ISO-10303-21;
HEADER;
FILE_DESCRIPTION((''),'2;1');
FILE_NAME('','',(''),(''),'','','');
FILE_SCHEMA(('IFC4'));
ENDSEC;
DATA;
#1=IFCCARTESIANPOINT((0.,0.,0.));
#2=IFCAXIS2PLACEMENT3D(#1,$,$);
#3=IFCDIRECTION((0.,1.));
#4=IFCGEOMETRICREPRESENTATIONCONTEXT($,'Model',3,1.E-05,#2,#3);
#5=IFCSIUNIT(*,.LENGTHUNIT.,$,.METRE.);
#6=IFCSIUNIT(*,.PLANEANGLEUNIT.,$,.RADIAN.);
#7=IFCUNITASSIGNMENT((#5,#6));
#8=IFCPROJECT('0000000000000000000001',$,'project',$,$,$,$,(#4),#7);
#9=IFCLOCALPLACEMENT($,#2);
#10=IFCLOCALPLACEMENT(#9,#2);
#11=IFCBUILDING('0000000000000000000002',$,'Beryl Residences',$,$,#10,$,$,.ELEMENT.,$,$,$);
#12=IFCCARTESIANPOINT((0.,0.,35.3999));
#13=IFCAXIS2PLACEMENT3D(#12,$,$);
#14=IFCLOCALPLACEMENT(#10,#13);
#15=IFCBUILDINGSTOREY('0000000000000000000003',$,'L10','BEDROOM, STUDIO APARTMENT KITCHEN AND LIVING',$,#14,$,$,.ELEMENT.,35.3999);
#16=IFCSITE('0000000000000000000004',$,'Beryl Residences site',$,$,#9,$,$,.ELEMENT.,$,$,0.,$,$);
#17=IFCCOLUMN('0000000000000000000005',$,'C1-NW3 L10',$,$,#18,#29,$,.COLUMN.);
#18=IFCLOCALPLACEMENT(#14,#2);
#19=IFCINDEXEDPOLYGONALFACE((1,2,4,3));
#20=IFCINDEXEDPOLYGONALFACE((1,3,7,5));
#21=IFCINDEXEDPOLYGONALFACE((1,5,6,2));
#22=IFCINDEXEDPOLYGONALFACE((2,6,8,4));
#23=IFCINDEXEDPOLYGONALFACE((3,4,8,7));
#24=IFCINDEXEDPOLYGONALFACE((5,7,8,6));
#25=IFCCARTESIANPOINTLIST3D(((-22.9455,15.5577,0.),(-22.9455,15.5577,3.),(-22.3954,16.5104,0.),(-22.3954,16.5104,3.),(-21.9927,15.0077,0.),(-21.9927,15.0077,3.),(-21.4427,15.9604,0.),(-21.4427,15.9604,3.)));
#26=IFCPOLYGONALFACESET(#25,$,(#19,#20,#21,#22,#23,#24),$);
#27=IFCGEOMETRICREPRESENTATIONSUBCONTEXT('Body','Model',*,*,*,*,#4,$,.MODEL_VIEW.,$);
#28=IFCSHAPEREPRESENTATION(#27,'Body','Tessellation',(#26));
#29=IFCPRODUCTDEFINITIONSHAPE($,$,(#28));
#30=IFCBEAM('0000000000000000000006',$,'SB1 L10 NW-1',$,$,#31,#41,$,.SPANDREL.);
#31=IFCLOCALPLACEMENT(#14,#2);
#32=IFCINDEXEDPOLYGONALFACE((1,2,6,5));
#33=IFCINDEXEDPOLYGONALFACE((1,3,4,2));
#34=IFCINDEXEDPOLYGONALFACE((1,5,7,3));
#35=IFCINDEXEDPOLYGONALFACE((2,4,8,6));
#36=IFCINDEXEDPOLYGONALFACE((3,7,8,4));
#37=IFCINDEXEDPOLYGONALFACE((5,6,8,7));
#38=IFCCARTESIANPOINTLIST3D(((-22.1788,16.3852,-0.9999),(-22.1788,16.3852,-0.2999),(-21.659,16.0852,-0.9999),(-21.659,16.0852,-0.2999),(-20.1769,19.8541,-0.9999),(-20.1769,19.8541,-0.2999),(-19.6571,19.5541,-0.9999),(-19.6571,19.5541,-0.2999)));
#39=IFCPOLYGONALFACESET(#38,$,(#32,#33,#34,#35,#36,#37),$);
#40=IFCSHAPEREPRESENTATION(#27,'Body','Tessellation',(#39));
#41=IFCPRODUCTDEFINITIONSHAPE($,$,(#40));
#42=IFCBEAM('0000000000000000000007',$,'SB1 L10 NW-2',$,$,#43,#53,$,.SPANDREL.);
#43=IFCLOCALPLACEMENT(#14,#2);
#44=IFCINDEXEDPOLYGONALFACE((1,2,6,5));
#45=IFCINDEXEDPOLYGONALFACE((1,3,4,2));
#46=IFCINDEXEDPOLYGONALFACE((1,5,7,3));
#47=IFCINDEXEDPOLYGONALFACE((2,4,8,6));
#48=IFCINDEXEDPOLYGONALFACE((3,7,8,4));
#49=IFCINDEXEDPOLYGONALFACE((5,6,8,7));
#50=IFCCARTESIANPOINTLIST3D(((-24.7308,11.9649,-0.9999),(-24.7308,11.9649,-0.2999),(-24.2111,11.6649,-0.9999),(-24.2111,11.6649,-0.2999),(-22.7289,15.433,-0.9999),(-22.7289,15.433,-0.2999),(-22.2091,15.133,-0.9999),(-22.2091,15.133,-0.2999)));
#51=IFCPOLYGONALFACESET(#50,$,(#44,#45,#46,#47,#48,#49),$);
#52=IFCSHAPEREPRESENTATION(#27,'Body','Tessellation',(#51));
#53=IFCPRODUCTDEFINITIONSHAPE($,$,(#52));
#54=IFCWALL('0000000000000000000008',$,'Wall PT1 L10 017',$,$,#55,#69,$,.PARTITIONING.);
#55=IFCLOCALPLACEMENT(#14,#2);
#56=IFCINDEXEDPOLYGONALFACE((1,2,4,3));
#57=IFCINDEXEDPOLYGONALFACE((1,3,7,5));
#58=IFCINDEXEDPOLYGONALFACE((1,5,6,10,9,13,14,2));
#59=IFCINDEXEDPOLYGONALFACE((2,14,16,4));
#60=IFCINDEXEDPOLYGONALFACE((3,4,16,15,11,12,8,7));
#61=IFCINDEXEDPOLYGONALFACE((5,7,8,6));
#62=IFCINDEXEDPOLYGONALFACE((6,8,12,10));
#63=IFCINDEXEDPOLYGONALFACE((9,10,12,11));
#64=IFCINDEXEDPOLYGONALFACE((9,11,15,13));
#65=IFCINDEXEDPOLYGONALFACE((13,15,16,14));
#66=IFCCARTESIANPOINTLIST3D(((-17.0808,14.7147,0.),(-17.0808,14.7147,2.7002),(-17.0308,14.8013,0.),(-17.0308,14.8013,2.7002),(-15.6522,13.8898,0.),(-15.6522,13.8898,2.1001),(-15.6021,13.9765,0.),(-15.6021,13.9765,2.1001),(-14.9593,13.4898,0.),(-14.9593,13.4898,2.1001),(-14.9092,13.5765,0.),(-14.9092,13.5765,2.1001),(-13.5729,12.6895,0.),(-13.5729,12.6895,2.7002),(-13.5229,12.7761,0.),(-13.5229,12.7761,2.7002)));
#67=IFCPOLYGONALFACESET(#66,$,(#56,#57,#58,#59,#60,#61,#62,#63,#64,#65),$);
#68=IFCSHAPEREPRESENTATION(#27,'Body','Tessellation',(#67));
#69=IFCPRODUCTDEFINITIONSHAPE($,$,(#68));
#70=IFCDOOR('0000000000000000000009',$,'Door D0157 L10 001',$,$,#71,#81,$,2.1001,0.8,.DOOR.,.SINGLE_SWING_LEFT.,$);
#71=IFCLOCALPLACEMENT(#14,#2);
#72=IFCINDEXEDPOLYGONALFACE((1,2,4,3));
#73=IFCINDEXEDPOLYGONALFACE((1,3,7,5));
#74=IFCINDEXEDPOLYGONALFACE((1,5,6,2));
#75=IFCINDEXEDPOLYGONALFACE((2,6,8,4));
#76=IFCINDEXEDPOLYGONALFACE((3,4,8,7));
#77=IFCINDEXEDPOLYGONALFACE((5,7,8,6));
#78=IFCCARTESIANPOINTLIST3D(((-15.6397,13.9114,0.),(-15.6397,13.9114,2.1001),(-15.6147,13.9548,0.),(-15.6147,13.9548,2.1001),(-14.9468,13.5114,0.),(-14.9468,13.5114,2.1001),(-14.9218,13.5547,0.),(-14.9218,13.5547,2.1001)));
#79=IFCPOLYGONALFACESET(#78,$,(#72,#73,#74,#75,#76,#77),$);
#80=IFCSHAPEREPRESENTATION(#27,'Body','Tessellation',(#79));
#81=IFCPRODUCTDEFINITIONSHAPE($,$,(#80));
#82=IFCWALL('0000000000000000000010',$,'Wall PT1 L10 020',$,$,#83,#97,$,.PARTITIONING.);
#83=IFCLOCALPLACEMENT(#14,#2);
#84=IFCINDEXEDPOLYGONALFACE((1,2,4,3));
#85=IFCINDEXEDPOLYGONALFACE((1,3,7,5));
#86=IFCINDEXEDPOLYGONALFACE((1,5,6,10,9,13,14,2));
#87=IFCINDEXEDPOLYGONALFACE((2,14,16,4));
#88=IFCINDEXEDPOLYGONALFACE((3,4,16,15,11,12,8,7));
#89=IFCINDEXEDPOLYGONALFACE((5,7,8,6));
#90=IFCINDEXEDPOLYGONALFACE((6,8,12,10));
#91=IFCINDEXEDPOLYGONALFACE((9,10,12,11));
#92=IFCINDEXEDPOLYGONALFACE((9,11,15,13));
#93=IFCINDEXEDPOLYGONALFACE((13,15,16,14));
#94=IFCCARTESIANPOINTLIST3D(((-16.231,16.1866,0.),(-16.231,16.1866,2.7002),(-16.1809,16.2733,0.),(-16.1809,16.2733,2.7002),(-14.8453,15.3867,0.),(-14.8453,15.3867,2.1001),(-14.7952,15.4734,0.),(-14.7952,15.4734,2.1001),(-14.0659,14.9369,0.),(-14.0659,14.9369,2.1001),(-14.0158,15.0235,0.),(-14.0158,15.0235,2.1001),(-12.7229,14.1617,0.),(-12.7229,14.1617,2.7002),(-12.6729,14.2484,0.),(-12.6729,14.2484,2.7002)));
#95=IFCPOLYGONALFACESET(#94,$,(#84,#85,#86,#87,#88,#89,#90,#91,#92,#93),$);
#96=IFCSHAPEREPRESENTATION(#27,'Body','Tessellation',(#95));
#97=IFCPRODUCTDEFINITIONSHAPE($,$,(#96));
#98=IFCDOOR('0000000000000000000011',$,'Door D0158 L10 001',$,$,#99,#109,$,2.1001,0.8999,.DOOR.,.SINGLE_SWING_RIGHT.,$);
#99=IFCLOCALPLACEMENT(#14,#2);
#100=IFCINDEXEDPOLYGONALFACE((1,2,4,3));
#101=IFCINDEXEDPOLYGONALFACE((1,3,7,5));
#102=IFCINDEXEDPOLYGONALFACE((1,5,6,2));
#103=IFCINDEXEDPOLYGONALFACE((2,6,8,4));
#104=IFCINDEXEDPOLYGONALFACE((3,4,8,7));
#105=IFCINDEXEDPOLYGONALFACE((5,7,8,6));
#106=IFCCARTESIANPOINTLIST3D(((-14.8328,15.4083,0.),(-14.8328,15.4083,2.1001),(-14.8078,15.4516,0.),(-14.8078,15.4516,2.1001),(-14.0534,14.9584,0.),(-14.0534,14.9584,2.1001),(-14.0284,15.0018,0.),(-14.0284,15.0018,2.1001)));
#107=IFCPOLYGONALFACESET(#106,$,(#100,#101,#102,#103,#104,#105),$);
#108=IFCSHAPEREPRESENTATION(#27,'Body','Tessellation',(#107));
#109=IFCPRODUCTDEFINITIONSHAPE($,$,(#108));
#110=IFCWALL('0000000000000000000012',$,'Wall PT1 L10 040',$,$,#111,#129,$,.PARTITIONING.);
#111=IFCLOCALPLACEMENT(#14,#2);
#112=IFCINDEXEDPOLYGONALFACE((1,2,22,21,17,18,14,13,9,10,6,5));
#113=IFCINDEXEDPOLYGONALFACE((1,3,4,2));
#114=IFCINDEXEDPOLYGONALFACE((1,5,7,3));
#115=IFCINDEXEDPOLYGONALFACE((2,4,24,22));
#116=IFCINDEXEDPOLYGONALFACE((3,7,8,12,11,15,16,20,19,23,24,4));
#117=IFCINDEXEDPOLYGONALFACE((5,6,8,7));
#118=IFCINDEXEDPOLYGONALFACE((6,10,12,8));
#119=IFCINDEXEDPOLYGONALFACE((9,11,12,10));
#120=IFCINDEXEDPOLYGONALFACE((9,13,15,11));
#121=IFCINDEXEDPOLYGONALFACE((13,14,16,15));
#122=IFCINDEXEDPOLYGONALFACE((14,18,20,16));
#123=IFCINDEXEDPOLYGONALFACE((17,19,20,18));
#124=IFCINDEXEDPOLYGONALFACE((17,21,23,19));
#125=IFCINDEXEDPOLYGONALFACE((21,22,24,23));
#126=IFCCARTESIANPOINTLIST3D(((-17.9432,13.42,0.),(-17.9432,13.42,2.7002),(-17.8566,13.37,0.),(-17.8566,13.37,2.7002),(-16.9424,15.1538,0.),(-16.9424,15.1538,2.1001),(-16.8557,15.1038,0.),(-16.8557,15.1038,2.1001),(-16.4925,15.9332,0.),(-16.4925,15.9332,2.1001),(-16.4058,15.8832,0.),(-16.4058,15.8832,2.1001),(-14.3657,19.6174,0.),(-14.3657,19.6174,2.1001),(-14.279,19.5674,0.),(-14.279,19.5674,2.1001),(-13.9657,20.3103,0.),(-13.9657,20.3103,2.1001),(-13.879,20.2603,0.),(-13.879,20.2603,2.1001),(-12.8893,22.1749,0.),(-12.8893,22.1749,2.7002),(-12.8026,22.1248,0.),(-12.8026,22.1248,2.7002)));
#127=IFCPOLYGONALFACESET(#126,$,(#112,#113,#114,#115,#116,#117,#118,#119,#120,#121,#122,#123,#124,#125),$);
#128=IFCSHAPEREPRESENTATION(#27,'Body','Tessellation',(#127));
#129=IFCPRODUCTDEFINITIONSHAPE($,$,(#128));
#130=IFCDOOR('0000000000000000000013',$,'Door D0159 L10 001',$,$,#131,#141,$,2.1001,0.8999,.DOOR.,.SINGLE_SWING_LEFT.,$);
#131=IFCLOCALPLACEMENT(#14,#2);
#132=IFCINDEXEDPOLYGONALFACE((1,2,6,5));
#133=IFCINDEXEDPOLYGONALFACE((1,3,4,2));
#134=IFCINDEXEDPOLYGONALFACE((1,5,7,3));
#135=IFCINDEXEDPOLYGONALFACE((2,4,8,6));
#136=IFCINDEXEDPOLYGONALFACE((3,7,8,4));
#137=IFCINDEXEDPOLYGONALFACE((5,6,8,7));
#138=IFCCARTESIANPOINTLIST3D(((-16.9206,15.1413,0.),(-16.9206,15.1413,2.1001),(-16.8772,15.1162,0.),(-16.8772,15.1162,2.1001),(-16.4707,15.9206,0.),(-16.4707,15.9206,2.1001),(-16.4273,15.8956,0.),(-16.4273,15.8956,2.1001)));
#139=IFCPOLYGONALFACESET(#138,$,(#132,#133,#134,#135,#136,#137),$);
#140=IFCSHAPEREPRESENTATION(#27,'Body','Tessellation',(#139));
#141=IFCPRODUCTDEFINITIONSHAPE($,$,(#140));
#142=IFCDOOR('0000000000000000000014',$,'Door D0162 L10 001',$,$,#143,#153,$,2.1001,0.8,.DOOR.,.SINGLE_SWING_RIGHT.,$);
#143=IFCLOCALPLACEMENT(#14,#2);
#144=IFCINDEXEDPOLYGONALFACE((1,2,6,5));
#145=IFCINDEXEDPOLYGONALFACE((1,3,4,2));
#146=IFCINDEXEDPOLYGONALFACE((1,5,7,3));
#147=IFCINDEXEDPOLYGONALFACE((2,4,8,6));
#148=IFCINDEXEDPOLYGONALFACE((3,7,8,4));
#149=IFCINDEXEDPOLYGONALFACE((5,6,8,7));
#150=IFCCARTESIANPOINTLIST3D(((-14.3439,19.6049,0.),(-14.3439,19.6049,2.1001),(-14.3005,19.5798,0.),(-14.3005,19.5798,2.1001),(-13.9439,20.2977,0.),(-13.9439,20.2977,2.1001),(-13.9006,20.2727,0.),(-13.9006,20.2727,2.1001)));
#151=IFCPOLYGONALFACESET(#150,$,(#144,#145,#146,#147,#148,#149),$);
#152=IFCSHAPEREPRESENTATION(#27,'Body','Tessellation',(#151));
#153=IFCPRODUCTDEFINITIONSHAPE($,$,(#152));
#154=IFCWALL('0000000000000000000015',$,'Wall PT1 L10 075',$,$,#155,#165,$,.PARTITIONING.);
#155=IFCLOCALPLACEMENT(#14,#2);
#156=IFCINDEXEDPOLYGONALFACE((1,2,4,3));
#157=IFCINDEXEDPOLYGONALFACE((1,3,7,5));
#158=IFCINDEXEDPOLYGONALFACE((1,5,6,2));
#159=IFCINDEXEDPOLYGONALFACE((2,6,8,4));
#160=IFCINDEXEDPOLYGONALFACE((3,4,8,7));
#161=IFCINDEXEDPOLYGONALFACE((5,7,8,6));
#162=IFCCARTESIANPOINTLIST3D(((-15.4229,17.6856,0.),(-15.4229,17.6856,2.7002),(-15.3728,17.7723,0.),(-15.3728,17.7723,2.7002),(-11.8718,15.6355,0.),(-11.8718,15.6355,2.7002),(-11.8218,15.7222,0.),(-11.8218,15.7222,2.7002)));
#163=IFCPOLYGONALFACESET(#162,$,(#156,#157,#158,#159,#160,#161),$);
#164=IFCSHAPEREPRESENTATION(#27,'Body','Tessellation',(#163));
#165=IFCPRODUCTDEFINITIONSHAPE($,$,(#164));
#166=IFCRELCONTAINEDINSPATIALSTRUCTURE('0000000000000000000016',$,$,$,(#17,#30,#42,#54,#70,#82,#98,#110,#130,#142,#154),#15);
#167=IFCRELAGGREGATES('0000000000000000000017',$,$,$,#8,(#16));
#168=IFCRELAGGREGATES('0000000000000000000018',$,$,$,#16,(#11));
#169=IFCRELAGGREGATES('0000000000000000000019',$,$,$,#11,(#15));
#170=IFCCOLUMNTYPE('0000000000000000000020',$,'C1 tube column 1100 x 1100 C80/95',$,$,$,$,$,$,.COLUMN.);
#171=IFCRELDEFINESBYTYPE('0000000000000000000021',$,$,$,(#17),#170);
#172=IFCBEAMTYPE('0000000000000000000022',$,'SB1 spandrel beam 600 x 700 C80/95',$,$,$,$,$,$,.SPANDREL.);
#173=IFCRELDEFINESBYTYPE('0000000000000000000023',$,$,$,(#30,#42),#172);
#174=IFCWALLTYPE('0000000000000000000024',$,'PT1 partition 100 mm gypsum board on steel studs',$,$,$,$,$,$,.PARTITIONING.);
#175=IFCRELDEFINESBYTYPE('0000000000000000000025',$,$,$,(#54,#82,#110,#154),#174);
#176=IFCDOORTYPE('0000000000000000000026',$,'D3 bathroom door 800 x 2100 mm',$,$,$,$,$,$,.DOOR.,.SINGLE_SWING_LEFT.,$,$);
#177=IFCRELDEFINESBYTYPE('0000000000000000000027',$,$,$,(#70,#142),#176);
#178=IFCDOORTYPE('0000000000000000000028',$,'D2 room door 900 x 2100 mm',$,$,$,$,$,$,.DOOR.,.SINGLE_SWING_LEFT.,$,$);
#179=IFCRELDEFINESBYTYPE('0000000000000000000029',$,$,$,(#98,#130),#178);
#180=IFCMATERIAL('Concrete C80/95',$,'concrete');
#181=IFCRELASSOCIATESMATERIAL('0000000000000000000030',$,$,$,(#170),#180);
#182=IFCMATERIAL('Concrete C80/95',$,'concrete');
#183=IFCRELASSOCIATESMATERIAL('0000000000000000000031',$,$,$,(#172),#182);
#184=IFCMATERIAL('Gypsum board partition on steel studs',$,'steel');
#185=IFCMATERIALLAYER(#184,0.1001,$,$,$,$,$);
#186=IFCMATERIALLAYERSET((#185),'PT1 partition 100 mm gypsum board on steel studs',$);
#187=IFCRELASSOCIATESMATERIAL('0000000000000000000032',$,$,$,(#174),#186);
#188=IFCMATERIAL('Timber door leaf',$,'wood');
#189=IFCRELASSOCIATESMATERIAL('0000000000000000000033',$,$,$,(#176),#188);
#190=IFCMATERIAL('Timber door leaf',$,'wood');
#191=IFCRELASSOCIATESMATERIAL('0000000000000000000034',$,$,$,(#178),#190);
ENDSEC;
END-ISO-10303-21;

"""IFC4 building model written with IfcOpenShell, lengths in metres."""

from ifc_helpers import new_model, si_unit, direction, frame, frame_2d, origin, origin_2d, place, context, subcontext, project, spatial, rectangle, extrude, material, layer, layer_set, material_profile, profile_set, type_object, element, fill, save


model = new_model("IFC4")

# Units and contexts
model_context = context("Model", 3, precision=1e-05, world=origin(), true_north=direction((0.0, 1.0)))
body_context = subcontext(model_context, "Body", "Model", "MODEL_VIEW")
ifc_project = project(units=[si_unit("LENGTHUNIT", "METRE"), si_unit("PLANEANGLEUNIT", "RADIAN")], contexts=[model_context])

# Site, building, storey
site_placement = place(None, origin())
site = spatial("IfcSite", under=ifc_project, at=site_placement, Name="Beryl Residences site", CompositionType="ELEMENT", RefElevation=0.0)
building_placement = place(site_placement, origin())
building = spatial("IfcBuilding", under=site, at=building_placement, Name="Beryl Residences", CompositionType="ELEMENT")
storey_placement = place(building_placement, frame((0.0, 0.0, 35.3999)))
storey = spatial("IfcBuildingStorey", under=building, at=storey_placement, Name="L10", Description="BEDROOM, STUDIO APARTMENT KITCHEN AND LIVING", CompositionType="ELEMENT", Elevation=35.3999)

# Column
ifc_material_1 = material(Name="Concrete C80/95", Category="concrete")
ifc_material_profile_1 = material_profile(ifc_material_1, rectangle(XDim=1.1001, YDim=1.1001, at=origin_2d()))
ifc_profile_set_1 = profile_set([ifc_material_profile_1], Name="Concrete C80/95")
column_type = type_object("IfcColumnType", Name="C1 tube column 1100 x 1100 C80/95", PredefinedType="COLUMN", material=ifc_profile_set_1)
column_placement = place(storey_placement, frame((-22.1941, 15.759, 0.0), z_axis=(0.0, 0.0, 1.0), x_axis=(-0.499985, -0.866034, 0.0)))
element("IfcColumn", 1, at=column_placement, inside=storey, type_object=column_type, Name="C1-NW3 L10", PredefinedType="COLUMN", context=body_context, shape_type="SweptSolid", body=[
    extrude(rectangle(XDim=1.1001, YDim=1.1001, at=origin_2d()), origin(), (0.0, 0.0, 1.0), 3.0),
])

# Beams
ifc_material_2 = material(Name="Concrete C80/95", Category="concrete")
ifc_material_profile_2 = material_profile(ifc_material_2, rectangle(XDim=0.6001, YDim=0.7, at=origin_2d()))
ifc_profile_set_2 = profile_set([ifc_material_profile_2], Name="Concrete C80/95")
beam_type = type_object("IfcBeamType", Name="SB1 spandrel beam 600 x 700 C80/95", PredefinedType="SPANDREL", material=ifc_profile_set_2)
beam_1_placement = place(storey_placement, frame((-19.917, 19.7041, -0.6499), z_axis=(-0.499837, -0.86612, 0.0), x_axis=(0.86612, -0.499837, 0.0)))
element("IfcBeam", 2, at=beam_1_placement, inside=storey, type_object=beam_type, Name="SB1 L10 NW-1", PredefinedType="SPANDREL", context=body_context, shape_type="SweptSolid", body=[
    extrude(rectangle(XDim=0.6001, YDim=0.7, at=origin_2d()), origin(), (0.0, 0.0, 1.0), 4.0051),
])
beam_2_placement = place(storey_placement, frame((-22.469, 15.283, -0.6499), z_axis=(-0.499942, -0.866059, 0.0), x_axis=(0.866059, -0.499942, 0.0)))
element("IfcBeam", 3, at=beam_2_placement, inside=storey, type_object=beam_type, Name="SB1 L10 NW-2", PredefinedType="SPANDREL", context=body_context, shape_type="SweptSolid", body=[
    extrude(rectangle(XDim=0.6001, YDim=0.7, at=origin_2d()), origin(), (0.0, 0.0, 1.0), 4.0044),
])

# Walls, openings, doors
ifc_material_3 = material(Name="Gypsum board partition on steel studs", Category="steel")
ifc_layer_1 = layer(ifc_material_3, 0.1001)
ifc_layer_set_1 = layer_set([ifc_layer_1], Name="PT1 partition 100 mm gypsum board on steel studs")
wall_type_1 = type_object("IfcWallType", Name="PT1 partition 100 mm gypsum board on steel studs", PredefinedType="PARTITIONING", material=ifc_layer_set_1)
wall_1_placement = place(storey_placement, frame((-17.0559, 14.7581, 0.0), z_axis=(0.0, 0.0, 1.0), x_axis=(0.866035, -0.499983, 0.0)))
wall_1 = element("IfcWall", 4, at=wall_1_placement, inside=storey, type_object=wall_type_1, Name="Wall PT1 L10 017", PredefinedType="PARTITIONING", context=body_context, shape_type="SweptSolid", body=[
    extrude(rectangle(XDim=4.0505, YDim=0.1001, at=frame_2d((2.0254, 0.0))), origin(), (0.0, 0.0, 1.0), 2.7002),
])
opening_1_placement = place(wall_1_placement, frame((1.6499, 0.0, 0.0)))
opening_1 = element("IfcOpeningElement", 5, at=opening_1_placement, cuts=wall_1, PredefinedType="OPENING", context=body_context, shape_type="SweptSolid", body=[
    extrude(rectangle(XDim=0.8, YDim=2.1001, at=frame_2d((0.3999, 1.05))), frame((0.0, 0.0601, 0.0), z_axis=(0.0, -1.0, 0.0), x_axis=(1.0, 0.0, 0.0)), (0.0, 0.0, 1.0), 0.1201),
])
ifc_material_4 = material(Name="Timber door leaf", Category="wood")
door_type_1 = type_object("IfcDoorType", Name="D3 bathroom door 800 x 2100 mm", OperationType="SINGLE_SWING_LEFT", PredefinedType="DOOR", material=ifc_material_4)
door_1_placement = place(opening_1_placement, origin())
door_1 = element("IfcDoor", 6, at=door_1_placement, inside=storey, type_object=door_type_1, Name="Door D0157 L10 001", OperationType="SINGLE_SWING_LEFT", OverallHeight=2.1001, OverallWidth=0.8, PredefinedType="DOOR", context=body_context, shape_type="SweptSolid", body=[
    extrude(rectangle(XDim=0.8, YDim=2.1001, at=frame_2d((0.3999, 1.05))), frame((0.0, 0.0249, 0.0), z_axis=(0.0, -1.0, 0.0), x_axis=(1.0, 0.0, 0.0)), (0.0, 0.0, 1.0), 0.05),
])
fill(opening_1, door_1)
wall_2_placement = place(storey_placement, frame((-16.2061, 16.23, 0.0), z_axis=(0.0, 0.0, 1.0), x_axis=(0.866076, -0.499912, 0.0)))
wall_2 = element("IfcWall", 7, at=wall_2_placement, inside=storey, type_object=wall_type_1, Name="Wall PT1 L10 020", PredefinedType="PARTITIONING", context=body_context, shape_type="SweptSolid", body=[
    extrude(rectangle(XDim=4.0505, YDim=0.1001, at=frame_2d((2.0254, 0.0))), origin(), (0.0, 0.0, 1.0), 2.7002),
])
opening_2_placement = place(wall_2_placement, frame((1.6001, 0.0, 0.0)))
opening_2 = element("IfcOpeningElement", 8, at=opening_2_placement, cuts=wall_2, PredefinedType="OPENING", context=body_context, shape_type="SweptSolid", body=[
    extrude(rectangle(XDim=0.8999, YDim=2.1001, at=frame_2d((0.45, 1.05))), frame((0.0, 0.0601, 0.0), z_axis=(0.0, -1.0, 0.0), x_axis=(1.0, 0.0, 0.0)), (0.0, 0.0, 1.0), 0.1201),
])
ifc_material_5 = material(Name="Timber door leaf", Category="wood")
door_type_2 = type_object("IfcDoorType", Name="D2 room door 900 x 2100 mm", OperationType="SINGLE_SWING_LEFT", PredefinedType="DOOR", material=ifc_material_5)
door_2_placement = place(opening_2_placement, origin())
door_2 = element("IfcDoor", 9, at=door_2_placement, inside=storey, type_object=door_type_2, Name="Door D0158 L10 001", OperationType="SINGLE_SWING_RIGHT", OverallHeight=2.1001, OverallWidth=0.8999, PredefinedType="DOOR", context=body_context, shape_type="SweptSolid", body=[
    extrude(rectangle(XDim=0.8999, YDim=2.1001, at=frame_2d((0.45, 1.05))), frame((0.0, 0.0249, 0.0), z_axis=(0.0, -1.0, 0.0), x_axis=(1.0, 0.0, 0.0)), (0.0, 0.0, 1.0), 0.05),
])
fill(opening_2, door_2)

# Wall, openings, doors
wall_3_placement = place(storey_placement, frame((-17.8999, 13.395, 0.0), z_axis=(0.0, 0.0, 1.0), x_axis=(0.49995, 0.866054, 0.0)))
wall_3 = element("IfcWall", 10, at=wall_3_placement, inside=storey, type_object=wall_type_1, Name="Wall PT1 L10 040", PredefinedType="PARTITIONING", context=body_context, shape_type="SweptSolid", body=[
    extrude(rectangle(XDim=10.1089, YDim=0.1001, at=frame_2d((5.0544, 0.0))), origin(), (0.0, 0.0, 1.0), 2.7002),
])
opening_3_placement = place(wall_3_placement, frame((2.002, 0.0, 0.0)))
opening_3 = element("IfcOpeningElement", 11, at=opening_3_placement, cuts=wall_3, PredefinedType="OPENING", context=body_context, shape_type="SweptSolid", body=[
    extrude(rectangle(XDim=0.8999, YDim=2.1001, at=frame_2d((0.45, 1.05))), frame((0.0, 0.0601, 0.0), z_axis=(0.0, -1.0, 0.0), x_axis=(1.0, 0.0, 0.0)), (0.0, 0.0, 1.0), 0.1201),
])
opening_4_placement = place(wall_3_placement, frame((7.156, 0.0, 0.0)))
opening_4 = element("IfcOpeningElement", 12, at=opening_4_placement, cuts=wall_3, PredefinedType="OPENING", context=body_context, shape_type="SweptSolid", body=[
    extrude(rectangle(XDim=0.8, YDim=2.1001, at=frame_2d((0.3999, 1.05))), frame((0.0, 0.0601, 0.0), z_axis=(0.0, -1.0, 0.0), x_axis=(1.0, 0.0, 0.0)), (0.0, 0.0, 1.0), 0.1201),
])
door_3_placement = place(opening_3_placement, origin())
door_3 = element("IfcDoor", 13, at=door_3_placement, inside=storey, type_object=door_type_2, Name="Door D0159 L10 001", OperationType="SINGLE_SWING_LEFT", OverallHeight=2.1001, OverallWidth=0.8999, PredefinedType="DOOR", context=body_context, shape_type="SweptSolid", body=[
    extrude(rectangle(XDim=0.8999, YDim=2.1001, at=frame_2d((0.45, 1.05))), frame((0.0, 0.0249, 0.0), z_axis=(0.0, -1.0, 0.0), x_axis=(1.0, 0.0, 0.0)), (0.0, 0.0, 1.0), 0.05),
])
fill(opening_3, door_3)
door_4_placement = place(opening_4_placement, origin())
door_4 = element("IfcDoor", 14, at=door_4_placement, inside=storey, type_object=door_type_1, Name="Door D0162 L10 001", OperationType="SINGLE_SWING_RIGHT", OverallHeight=2.1001, OverallWidth=0.8, PredefinedType="DOOR", context=body_context, shape_type="SweptSolid", body=[
    extrude(rectangle(XDim=0.8, YDim=2.1001, at=frame_2d((0.3999, 1.05))), frame((0.0, 0.0249, 0.0), z_axis=(0.0, -1.0, 0.0), x_axis=(1.0, 0.0, 0.0)), (0.0, 0.0, 1.0), 0.05),
])
fill(opening_4, door_4)

# Wall
wall_4_placement = place(storey_placement, frame((-15.3979, 17.729, 0.0), z_axis=(0.0, 0.0, 1.0), x_axis=(0.86604, -0.499975, 0.0)))
element("IfcWall", 15, at=wall_4_placement, inside=storey, type_object=wall_type_1, Name="Wall PT1 L10 075", PredefinedType="PARTITIONING", context=body_context, shape_type="SweptSolid", body=[
    extrude(rectangle(XDim=4.1003, YDim=0.1001, at=frame_2d((2.0503, 0.0))), origin(), (0.0, 0.0, 1.0), 2.7002),
])

save(model, "model.ifc")
